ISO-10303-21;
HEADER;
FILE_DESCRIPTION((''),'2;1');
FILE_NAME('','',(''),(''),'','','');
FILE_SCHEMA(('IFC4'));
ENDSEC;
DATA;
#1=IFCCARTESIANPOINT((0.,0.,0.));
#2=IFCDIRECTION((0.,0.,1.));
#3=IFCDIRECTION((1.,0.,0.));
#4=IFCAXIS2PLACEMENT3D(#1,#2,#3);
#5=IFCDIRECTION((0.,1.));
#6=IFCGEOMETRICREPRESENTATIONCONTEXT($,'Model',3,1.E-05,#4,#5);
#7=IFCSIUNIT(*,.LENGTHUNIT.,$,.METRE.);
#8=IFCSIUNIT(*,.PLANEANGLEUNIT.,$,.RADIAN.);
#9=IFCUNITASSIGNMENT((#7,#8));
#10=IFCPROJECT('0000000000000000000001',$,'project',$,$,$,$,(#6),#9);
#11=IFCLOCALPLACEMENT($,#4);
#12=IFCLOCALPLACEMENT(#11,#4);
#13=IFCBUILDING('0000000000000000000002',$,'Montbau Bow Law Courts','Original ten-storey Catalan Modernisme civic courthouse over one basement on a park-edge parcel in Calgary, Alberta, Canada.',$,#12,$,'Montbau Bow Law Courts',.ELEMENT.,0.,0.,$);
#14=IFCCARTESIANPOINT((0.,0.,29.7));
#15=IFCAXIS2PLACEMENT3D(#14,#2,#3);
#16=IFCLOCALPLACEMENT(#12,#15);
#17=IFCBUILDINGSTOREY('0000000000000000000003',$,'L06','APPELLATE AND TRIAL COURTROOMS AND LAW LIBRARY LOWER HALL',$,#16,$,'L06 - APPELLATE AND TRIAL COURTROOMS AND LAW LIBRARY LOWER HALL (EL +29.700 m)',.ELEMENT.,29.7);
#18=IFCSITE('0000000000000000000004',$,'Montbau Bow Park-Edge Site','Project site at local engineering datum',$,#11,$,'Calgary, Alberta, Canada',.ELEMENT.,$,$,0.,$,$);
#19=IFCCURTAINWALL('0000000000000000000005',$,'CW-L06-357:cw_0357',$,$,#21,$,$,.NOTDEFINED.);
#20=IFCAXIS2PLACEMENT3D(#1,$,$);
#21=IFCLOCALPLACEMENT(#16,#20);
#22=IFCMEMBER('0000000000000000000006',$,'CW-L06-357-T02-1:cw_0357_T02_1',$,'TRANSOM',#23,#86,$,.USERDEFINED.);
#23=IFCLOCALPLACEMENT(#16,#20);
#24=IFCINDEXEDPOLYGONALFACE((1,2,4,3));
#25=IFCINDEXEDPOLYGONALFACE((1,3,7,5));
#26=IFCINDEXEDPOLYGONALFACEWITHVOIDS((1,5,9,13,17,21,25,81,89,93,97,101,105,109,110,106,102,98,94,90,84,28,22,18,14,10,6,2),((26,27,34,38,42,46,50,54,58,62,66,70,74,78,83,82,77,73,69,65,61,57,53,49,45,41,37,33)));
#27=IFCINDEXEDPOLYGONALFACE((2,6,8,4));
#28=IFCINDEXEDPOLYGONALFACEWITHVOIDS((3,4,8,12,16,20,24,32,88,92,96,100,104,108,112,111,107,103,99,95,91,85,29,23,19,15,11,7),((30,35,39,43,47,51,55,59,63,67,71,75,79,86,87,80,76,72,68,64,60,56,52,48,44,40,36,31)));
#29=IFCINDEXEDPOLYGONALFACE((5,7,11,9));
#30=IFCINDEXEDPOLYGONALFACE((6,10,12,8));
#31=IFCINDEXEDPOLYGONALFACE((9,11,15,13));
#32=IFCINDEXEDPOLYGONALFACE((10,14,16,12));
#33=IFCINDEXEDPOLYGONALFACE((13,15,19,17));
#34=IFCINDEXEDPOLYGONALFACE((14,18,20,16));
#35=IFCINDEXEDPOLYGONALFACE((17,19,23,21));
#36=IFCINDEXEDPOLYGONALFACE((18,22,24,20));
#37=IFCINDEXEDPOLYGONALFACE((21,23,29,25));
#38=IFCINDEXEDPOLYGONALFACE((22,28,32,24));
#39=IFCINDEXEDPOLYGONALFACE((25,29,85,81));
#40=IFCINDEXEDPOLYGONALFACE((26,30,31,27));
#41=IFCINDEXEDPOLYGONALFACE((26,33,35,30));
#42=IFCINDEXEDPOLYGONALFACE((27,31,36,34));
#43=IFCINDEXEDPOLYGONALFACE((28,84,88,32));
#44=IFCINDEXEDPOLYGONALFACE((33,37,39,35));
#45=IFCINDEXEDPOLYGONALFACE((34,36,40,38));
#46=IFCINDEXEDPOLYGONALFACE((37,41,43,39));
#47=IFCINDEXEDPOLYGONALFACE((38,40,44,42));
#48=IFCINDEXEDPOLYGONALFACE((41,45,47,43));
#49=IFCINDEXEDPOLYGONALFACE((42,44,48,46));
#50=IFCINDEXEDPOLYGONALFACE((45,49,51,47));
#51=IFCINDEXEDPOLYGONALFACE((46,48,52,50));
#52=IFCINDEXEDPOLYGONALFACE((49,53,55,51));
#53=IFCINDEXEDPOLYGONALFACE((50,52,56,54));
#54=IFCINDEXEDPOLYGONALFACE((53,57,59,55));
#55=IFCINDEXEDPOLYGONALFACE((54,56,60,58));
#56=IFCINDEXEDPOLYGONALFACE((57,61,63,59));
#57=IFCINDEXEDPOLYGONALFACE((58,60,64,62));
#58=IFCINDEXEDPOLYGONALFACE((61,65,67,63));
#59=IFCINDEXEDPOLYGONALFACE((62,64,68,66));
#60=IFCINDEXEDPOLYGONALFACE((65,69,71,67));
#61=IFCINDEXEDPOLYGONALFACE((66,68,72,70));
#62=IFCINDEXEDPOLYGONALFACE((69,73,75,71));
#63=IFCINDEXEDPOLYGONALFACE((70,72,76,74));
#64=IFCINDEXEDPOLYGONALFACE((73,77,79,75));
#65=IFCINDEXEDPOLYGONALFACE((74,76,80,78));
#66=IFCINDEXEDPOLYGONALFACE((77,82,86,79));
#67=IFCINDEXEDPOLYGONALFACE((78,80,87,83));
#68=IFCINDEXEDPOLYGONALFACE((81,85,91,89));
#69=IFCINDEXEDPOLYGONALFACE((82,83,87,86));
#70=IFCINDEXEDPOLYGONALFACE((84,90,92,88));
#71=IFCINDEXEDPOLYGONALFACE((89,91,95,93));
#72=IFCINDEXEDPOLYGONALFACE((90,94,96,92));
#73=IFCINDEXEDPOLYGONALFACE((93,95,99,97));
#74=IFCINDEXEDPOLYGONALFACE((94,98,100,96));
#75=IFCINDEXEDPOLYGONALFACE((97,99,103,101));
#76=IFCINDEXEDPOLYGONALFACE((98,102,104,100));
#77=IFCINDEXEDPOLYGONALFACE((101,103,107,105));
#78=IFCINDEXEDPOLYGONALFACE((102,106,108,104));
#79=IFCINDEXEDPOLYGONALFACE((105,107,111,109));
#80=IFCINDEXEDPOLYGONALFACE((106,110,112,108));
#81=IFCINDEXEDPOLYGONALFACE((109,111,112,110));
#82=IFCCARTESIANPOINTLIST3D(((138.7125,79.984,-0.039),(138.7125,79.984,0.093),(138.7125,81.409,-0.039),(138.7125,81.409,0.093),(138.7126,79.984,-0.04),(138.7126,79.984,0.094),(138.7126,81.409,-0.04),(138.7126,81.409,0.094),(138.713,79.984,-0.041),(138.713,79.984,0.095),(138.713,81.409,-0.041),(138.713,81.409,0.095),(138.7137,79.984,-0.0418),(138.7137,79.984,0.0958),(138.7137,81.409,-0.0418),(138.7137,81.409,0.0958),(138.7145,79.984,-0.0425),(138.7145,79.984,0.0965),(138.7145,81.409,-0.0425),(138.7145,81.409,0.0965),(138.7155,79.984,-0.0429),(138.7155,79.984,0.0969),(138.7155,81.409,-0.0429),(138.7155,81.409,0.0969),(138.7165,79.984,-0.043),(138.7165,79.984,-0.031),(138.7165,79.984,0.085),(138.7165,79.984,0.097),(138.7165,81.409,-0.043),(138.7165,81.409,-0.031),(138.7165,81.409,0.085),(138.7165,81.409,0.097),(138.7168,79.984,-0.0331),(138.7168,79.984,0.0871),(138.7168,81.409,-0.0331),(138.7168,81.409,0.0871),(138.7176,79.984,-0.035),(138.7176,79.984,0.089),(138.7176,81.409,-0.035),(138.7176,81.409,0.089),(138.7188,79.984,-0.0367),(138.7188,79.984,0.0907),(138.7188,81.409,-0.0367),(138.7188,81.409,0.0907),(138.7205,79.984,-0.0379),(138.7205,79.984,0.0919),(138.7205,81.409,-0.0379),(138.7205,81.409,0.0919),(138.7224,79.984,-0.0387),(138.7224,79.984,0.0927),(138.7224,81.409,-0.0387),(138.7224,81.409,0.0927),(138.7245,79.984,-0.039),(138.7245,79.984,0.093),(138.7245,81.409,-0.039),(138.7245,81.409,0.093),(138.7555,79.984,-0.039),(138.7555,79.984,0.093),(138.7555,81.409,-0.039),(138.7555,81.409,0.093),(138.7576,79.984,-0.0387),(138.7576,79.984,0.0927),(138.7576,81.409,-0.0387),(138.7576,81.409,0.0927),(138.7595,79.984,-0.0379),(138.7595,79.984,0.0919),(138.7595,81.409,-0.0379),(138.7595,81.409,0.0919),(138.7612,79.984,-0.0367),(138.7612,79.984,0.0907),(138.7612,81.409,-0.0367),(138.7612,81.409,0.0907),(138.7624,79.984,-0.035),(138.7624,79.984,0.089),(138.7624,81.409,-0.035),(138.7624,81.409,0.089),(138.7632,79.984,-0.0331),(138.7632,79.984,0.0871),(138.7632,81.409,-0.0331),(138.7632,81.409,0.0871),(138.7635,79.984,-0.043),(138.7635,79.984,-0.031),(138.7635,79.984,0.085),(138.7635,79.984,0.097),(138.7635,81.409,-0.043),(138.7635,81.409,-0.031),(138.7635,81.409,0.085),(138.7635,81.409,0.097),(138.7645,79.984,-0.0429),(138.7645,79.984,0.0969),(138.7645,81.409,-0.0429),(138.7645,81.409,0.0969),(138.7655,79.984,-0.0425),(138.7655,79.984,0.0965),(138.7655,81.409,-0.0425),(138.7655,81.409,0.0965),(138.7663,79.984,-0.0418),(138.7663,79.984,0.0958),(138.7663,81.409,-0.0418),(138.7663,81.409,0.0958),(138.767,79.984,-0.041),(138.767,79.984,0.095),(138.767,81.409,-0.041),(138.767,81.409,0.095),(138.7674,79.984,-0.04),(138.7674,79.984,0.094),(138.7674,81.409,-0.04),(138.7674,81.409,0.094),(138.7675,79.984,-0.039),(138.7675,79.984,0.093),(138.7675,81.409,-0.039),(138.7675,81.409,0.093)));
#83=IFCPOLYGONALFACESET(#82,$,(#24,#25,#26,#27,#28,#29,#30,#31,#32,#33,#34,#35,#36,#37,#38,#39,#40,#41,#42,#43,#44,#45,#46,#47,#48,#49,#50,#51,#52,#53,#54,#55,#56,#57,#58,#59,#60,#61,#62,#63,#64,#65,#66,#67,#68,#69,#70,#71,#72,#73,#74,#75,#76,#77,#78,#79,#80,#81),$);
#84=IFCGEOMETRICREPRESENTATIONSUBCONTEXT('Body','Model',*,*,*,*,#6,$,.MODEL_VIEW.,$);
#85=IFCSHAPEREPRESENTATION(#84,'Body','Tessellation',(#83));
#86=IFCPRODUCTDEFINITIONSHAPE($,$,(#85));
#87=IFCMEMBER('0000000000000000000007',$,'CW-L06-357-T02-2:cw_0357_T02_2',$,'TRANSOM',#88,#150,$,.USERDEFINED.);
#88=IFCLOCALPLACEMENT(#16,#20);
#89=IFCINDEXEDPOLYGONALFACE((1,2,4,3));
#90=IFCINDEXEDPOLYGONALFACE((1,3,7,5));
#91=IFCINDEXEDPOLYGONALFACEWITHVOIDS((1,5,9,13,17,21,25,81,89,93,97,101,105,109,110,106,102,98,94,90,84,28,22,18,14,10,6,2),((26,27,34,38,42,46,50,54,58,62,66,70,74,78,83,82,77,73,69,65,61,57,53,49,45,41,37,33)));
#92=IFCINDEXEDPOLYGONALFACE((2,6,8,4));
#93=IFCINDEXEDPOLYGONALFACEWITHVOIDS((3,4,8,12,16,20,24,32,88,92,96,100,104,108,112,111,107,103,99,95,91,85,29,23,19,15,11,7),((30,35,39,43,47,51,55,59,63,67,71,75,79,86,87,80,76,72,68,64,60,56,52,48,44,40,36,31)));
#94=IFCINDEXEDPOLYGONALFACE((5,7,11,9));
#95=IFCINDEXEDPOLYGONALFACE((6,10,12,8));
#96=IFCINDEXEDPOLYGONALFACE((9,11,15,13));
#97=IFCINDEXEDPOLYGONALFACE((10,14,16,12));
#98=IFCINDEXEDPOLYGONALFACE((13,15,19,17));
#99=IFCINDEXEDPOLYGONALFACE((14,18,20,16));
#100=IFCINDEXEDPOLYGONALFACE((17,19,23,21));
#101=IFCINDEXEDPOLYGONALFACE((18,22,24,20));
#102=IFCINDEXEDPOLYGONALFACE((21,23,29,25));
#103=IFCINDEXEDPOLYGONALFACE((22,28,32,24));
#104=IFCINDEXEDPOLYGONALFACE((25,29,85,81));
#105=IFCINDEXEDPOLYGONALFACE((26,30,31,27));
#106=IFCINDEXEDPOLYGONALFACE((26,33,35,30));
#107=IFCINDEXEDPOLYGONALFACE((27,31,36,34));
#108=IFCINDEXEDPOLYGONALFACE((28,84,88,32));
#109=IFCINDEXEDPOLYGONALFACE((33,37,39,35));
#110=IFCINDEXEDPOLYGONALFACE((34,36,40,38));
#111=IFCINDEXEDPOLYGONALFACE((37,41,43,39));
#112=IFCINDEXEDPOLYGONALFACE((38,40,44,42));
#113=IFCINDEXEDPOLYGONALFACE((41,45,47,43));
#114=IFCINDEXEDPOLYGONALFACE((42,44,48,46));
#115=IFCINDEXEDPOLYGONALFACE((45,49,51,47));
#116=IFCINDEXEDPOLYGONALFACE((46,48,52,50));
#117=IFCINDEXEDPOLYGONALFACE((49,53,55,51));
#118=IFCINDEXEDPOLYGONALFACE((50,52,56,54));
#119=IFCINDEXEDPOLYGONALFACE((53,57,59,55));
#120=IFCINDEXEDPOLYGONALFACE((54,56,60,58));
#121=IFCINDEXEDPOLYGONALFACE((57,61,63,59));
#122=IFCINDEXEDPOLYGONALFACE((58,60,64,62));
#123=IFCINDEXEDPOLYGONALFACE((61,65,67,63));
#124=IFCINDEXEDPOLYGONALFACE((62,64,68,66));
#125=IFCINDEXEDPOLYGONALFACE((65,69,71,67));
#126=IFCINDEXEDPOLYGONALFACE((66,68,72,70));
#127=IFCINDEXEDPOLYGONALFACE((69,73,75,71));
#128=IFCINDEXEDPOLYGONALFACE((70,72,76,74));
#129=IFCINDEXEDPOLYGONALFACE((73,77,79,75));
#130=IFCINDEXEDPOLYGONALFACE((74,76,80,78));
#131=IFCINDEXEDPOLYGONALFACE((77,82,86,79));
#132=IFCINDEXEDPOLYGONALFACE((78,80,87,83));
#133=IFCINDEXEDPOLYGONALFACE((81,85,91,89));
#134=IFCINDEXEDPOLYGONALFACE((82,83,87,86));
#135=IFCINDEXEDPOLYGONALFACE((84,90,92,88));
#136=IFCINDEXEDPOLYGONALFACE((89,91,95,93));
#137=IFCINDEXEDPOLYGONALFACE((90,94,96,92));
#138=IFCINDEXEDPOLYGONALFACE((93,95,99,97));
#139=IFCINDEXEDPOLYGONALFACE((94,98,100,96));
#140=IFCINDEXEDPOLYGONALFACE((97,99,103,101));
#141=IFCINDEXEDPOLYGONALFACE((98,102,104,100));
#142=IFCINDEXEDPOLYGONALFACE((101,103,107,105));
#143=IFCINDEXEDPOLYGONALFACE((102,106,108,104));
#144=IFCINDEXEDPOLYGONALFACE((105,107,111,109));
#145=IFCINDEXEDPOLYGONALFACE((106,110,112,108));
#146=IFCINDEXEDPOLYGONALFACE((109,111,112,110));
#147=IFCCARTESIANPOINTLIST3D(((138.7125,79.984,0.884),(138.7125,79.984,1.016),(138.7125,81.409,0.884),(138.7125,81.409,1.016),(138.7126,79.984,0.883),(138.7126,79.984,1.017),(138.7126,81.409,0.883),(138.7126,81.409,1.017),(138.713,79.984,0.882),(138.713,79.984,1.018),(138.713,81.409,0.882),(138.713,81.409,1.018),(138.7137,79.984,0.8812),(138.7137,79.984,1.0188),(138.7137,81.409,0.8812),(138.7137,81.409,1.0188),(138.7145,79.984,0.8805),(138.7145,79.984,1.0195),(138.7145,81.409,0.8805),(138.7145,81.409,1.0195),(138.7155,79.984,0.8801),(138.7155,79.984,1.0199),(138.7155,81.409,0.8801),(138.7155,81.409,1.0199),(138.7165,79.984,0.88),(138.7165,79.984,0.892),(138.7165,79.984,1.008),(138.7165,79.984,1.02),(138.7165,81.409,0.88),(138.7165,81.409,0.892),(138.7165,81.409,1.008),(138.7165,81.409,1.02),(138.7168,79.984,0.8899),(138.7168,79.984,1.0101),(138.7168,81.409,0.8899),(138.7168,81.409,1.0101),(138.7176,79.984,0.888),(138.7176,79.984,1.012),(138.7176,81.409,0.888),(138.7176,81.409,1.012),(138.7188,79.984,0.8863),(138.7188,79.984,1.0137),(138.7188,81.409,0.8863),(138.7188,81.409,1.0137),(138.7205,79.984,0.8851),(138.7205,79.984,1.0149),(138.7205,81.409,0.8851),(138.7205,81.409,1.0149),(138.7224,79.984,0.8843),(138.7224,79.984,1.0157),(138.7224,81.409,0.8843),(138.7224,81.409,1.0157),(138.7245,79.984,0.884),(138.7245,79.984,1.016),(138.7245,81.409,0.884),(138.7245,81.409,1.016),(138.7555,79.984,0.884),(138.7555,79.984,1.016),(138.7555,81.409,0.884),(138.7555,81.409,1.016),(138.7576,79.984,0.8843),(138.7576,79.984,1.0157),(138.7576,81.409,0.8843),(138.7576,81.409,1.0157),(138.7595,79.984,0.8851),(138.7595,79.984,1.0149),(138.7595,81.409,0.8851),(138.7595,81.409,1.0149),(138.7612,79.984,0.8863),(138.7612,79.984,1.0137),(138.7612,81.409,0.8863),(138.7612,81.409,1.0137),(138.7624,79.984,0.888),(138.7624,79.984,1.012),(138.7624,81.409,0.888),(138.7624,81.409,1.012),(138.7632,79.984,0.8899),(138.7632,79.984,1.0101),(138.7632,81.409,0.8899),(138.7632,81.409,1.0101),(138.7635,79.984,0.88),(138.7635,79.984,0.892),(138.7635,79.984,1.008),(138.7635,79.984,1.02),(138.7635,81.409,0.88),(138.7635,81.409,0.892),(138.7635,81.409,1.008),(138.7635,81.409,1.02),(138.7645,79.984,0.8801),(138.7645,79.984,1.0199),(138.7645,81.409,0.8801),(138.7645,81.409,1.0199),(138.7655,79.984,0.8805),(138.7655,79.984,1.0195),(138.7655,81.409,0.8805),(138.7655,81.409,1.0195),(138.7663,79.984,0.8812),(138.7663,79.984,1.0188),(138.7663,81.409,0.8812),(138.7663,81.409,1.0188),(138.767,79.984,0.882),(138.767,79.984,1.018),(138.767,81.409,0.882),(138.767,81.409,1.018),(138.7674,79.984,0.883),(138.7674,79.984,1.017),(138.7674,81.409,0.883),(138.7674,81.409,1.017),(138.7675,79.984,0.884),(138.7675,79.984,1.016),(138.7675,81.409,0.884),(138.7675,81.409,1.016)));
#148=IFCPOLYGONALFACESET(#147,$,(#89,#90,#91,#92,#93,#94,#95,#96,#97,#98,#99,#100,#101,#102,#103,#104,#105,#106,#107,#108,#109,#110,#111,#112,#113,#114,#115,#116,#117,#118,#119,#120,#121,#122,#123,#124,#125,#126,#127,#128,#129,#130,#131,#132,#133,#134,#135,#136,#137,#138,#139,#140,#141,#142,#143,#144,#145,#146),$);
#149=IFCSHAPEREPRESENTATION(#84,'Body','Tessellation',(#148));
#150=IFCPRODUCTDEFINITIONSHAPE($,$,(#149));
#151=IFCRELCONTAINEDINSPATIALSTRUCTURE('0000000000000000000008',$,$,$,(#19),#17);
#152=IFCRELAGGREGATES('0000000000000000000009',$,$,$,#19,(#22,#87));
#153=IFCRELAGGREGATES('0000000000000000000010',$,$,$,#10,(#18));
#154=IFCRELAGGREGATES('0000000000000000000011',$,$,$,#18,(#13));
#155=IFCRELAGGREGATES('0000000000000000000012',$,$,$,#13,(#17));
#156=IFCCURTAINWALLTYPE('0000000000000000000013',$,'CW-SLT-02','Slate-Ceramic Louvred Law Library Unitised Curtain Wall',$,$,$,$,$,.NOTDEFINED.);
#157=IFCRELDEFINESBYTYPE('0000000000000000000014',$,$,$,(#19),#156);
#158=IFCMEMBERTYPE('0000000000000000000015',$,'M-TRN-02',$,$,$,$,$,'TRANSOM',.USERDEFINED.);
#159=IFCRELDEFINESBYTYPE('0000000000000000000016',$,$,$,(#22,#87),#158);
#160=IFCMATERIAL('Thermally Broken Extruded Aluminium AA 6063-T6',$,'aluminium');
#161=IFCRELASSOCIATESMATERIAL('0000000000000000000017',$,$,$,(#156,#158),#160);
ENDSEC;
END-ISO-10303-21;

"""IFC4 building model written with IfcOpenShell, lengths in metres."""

from ifc_helpers import new_model, si_unit, direction, frame, origin_with_axes, origin_2d_with_axis, place, context, subcontext, project, spatial, hollow_rectangle, extrude, material, material_profile, profile_set, type_object, element, aggregate, save


model = new_model("IFC4")

# Units and contexts
model_context = context("Model", 3, precision=1e-05, world=origin_with_axes(), true_north=direction((0.0, 1.0)))
body_context = subcontext(model_context, "Body", "Model", "MODEL_VIEW")
ifc_project = project(units=[si_unit("LENGTHUNIT", "METRE"), si_unit("PLANEANGLEUNIT", "RADIAN")], contexts=[model_context])

# Site, building, storey
site_placement = place(None, origin_with_axes())
site = spatial("IfcSite", under=ifc_project, at=site_placement, Name="Montbau Bow Park-Edge Site", Description="Project site at local engineering datum", LongName="Calgary, Alberta, Canada", CompositionType="ELEMENT", RefElevation=0.0)
building_placement = place(site_placement, origin_with_axes())
building = spatial("IfcBuilding", under=site, at=building_placement, Name="Montbau Bow Law Courts", Description="Original ten-storey Catalan Modernisme civic courthouse over one basement on a park-edge parcel in Calgary, Alberta, Canada.", LongName="Montbau Bow Law Courts", CompositionType="ELEMENT", ElevationOfRefHeight=0.0, ElevationOfTerrain=0.0)
storey_placement = place(building_placement, frame((0.0, 0.0, 29.7), z_axis=(0.0, 0.0, 1.0), x_axis=(1.0, 0.0, 0.0)))
storey = spatial("IfcBuildingStorey", under=building, at=storey_placement, Name="L06", Description="APPELLATE AND TRIAL COURTROOMS AND LAW LIBRARY LOWER HALL", LongName="L06 - APPELLATE AND TRIAL COURTROOMS AND LAW LIBRARY LOWER HALL (EL +29.700 m)", CompositionType="ELEMENT", Elevation=29.7)

# Curtain wall, members
ifc_material_1 = material(Name="Thermally Broken Extruded Aluminium AA 6063-T6", Category="aluminium")
curtain_wall_type = type_object("IfcCurtainWallType", Name="CW-SLT-02", Description="Slate-Ceramic Louvred Law Library Unitised Curtain Wall", PredefinedType="NOTDEFINED", material=ifc_material_1)
curtain_wall_placement = place(None, frame((138.74, 78.44, 29.7), z_axis=(0.0, 0.0, 1.0), x_axis=(1.0, 0.0, 0.0)))
curtain_wall = element("IfcCurtainWall", 1, at=curtain_wall_placement, inside=storey, type_object=curtain_wall_type, Name="CW-L06-357:cw_0357", PredefinedType="NOTDEFINED")
ifc_material_profile_1 = material_profile(ifc_material_1, hollow_rectangle(XDim=0.055, YDim=0.14, WallThickness=0.004, InnerFilletRadius=0.008, OuterFilletRadius=0.004, at=origin_2d_with_axis()), Name="CWT-140X55", Category="Main", Priority=0)
ifc_profile_set_1 = profile_set([ifc_material_profile_1], Name="Thermally Broken Extruded Aluminium AA 6063-T6")
member_type_1 = type_object("IfcMemberType", Name="M-TRN-02", ElementType="TRANSOM", PredefinedType="USERDEFINED", material=ifc_profile_set_1)
member_1_placement = place(None, frame((138.74, 79.984, 29.727), z_axis=(0.0, 1.0, 0.0), x_axis=(-1.0, 0.0, 0.0)))
member_1 = element("IfcMember", 2, at=member_1_placement, type_object=member_type_1, Name="CW-L06-357-T02-1:cw_0357_T02_1", ObjectType="TRANSOM", PredefinedType="USERDEFINED", context=body_context, shape_type="SweptSolid", body=[
    extrude(hollow_rectangle(XDim=0.055, YDim=0.14, WallThickness=0.004, InnerFilletRadius=0.008, OuterFilletRadius=0.004, at=origin_2d_with_axis()), origin_with_axes(), (0.0, 0.0, 1.0), 1.425),
])
member_2_placement = place(None, frame((138.74, 79.984, 30.65), z_axis=(0.0, 1.0, 0.0), x_axis=(-1.0, 0.0, 0.0)))
member_2 = element("IfcMember", 3, at=member_2_placement, type_object=member_type_1, Name="CW-L06-357-T02-2:cw_0357_T02_2", ObjectType="TRANSOM", PredefinedType="USERDEFINED", context=body_context, shape_type="SweptSolid", body=[
    extrude(hollow_rectangle(XDim=0.055, YDim=0.14, WallThickness=0.004, InnerFilletRadius=0.008, OuterFilletRadius=0.004, at=origin_2d_with_axis()), origin_with_axes(), (0.0, 0.0, 1.0), 1.425),
])
aggregate(curtain_wall, [member_1, member_2])

save(model, "model.ifc")
